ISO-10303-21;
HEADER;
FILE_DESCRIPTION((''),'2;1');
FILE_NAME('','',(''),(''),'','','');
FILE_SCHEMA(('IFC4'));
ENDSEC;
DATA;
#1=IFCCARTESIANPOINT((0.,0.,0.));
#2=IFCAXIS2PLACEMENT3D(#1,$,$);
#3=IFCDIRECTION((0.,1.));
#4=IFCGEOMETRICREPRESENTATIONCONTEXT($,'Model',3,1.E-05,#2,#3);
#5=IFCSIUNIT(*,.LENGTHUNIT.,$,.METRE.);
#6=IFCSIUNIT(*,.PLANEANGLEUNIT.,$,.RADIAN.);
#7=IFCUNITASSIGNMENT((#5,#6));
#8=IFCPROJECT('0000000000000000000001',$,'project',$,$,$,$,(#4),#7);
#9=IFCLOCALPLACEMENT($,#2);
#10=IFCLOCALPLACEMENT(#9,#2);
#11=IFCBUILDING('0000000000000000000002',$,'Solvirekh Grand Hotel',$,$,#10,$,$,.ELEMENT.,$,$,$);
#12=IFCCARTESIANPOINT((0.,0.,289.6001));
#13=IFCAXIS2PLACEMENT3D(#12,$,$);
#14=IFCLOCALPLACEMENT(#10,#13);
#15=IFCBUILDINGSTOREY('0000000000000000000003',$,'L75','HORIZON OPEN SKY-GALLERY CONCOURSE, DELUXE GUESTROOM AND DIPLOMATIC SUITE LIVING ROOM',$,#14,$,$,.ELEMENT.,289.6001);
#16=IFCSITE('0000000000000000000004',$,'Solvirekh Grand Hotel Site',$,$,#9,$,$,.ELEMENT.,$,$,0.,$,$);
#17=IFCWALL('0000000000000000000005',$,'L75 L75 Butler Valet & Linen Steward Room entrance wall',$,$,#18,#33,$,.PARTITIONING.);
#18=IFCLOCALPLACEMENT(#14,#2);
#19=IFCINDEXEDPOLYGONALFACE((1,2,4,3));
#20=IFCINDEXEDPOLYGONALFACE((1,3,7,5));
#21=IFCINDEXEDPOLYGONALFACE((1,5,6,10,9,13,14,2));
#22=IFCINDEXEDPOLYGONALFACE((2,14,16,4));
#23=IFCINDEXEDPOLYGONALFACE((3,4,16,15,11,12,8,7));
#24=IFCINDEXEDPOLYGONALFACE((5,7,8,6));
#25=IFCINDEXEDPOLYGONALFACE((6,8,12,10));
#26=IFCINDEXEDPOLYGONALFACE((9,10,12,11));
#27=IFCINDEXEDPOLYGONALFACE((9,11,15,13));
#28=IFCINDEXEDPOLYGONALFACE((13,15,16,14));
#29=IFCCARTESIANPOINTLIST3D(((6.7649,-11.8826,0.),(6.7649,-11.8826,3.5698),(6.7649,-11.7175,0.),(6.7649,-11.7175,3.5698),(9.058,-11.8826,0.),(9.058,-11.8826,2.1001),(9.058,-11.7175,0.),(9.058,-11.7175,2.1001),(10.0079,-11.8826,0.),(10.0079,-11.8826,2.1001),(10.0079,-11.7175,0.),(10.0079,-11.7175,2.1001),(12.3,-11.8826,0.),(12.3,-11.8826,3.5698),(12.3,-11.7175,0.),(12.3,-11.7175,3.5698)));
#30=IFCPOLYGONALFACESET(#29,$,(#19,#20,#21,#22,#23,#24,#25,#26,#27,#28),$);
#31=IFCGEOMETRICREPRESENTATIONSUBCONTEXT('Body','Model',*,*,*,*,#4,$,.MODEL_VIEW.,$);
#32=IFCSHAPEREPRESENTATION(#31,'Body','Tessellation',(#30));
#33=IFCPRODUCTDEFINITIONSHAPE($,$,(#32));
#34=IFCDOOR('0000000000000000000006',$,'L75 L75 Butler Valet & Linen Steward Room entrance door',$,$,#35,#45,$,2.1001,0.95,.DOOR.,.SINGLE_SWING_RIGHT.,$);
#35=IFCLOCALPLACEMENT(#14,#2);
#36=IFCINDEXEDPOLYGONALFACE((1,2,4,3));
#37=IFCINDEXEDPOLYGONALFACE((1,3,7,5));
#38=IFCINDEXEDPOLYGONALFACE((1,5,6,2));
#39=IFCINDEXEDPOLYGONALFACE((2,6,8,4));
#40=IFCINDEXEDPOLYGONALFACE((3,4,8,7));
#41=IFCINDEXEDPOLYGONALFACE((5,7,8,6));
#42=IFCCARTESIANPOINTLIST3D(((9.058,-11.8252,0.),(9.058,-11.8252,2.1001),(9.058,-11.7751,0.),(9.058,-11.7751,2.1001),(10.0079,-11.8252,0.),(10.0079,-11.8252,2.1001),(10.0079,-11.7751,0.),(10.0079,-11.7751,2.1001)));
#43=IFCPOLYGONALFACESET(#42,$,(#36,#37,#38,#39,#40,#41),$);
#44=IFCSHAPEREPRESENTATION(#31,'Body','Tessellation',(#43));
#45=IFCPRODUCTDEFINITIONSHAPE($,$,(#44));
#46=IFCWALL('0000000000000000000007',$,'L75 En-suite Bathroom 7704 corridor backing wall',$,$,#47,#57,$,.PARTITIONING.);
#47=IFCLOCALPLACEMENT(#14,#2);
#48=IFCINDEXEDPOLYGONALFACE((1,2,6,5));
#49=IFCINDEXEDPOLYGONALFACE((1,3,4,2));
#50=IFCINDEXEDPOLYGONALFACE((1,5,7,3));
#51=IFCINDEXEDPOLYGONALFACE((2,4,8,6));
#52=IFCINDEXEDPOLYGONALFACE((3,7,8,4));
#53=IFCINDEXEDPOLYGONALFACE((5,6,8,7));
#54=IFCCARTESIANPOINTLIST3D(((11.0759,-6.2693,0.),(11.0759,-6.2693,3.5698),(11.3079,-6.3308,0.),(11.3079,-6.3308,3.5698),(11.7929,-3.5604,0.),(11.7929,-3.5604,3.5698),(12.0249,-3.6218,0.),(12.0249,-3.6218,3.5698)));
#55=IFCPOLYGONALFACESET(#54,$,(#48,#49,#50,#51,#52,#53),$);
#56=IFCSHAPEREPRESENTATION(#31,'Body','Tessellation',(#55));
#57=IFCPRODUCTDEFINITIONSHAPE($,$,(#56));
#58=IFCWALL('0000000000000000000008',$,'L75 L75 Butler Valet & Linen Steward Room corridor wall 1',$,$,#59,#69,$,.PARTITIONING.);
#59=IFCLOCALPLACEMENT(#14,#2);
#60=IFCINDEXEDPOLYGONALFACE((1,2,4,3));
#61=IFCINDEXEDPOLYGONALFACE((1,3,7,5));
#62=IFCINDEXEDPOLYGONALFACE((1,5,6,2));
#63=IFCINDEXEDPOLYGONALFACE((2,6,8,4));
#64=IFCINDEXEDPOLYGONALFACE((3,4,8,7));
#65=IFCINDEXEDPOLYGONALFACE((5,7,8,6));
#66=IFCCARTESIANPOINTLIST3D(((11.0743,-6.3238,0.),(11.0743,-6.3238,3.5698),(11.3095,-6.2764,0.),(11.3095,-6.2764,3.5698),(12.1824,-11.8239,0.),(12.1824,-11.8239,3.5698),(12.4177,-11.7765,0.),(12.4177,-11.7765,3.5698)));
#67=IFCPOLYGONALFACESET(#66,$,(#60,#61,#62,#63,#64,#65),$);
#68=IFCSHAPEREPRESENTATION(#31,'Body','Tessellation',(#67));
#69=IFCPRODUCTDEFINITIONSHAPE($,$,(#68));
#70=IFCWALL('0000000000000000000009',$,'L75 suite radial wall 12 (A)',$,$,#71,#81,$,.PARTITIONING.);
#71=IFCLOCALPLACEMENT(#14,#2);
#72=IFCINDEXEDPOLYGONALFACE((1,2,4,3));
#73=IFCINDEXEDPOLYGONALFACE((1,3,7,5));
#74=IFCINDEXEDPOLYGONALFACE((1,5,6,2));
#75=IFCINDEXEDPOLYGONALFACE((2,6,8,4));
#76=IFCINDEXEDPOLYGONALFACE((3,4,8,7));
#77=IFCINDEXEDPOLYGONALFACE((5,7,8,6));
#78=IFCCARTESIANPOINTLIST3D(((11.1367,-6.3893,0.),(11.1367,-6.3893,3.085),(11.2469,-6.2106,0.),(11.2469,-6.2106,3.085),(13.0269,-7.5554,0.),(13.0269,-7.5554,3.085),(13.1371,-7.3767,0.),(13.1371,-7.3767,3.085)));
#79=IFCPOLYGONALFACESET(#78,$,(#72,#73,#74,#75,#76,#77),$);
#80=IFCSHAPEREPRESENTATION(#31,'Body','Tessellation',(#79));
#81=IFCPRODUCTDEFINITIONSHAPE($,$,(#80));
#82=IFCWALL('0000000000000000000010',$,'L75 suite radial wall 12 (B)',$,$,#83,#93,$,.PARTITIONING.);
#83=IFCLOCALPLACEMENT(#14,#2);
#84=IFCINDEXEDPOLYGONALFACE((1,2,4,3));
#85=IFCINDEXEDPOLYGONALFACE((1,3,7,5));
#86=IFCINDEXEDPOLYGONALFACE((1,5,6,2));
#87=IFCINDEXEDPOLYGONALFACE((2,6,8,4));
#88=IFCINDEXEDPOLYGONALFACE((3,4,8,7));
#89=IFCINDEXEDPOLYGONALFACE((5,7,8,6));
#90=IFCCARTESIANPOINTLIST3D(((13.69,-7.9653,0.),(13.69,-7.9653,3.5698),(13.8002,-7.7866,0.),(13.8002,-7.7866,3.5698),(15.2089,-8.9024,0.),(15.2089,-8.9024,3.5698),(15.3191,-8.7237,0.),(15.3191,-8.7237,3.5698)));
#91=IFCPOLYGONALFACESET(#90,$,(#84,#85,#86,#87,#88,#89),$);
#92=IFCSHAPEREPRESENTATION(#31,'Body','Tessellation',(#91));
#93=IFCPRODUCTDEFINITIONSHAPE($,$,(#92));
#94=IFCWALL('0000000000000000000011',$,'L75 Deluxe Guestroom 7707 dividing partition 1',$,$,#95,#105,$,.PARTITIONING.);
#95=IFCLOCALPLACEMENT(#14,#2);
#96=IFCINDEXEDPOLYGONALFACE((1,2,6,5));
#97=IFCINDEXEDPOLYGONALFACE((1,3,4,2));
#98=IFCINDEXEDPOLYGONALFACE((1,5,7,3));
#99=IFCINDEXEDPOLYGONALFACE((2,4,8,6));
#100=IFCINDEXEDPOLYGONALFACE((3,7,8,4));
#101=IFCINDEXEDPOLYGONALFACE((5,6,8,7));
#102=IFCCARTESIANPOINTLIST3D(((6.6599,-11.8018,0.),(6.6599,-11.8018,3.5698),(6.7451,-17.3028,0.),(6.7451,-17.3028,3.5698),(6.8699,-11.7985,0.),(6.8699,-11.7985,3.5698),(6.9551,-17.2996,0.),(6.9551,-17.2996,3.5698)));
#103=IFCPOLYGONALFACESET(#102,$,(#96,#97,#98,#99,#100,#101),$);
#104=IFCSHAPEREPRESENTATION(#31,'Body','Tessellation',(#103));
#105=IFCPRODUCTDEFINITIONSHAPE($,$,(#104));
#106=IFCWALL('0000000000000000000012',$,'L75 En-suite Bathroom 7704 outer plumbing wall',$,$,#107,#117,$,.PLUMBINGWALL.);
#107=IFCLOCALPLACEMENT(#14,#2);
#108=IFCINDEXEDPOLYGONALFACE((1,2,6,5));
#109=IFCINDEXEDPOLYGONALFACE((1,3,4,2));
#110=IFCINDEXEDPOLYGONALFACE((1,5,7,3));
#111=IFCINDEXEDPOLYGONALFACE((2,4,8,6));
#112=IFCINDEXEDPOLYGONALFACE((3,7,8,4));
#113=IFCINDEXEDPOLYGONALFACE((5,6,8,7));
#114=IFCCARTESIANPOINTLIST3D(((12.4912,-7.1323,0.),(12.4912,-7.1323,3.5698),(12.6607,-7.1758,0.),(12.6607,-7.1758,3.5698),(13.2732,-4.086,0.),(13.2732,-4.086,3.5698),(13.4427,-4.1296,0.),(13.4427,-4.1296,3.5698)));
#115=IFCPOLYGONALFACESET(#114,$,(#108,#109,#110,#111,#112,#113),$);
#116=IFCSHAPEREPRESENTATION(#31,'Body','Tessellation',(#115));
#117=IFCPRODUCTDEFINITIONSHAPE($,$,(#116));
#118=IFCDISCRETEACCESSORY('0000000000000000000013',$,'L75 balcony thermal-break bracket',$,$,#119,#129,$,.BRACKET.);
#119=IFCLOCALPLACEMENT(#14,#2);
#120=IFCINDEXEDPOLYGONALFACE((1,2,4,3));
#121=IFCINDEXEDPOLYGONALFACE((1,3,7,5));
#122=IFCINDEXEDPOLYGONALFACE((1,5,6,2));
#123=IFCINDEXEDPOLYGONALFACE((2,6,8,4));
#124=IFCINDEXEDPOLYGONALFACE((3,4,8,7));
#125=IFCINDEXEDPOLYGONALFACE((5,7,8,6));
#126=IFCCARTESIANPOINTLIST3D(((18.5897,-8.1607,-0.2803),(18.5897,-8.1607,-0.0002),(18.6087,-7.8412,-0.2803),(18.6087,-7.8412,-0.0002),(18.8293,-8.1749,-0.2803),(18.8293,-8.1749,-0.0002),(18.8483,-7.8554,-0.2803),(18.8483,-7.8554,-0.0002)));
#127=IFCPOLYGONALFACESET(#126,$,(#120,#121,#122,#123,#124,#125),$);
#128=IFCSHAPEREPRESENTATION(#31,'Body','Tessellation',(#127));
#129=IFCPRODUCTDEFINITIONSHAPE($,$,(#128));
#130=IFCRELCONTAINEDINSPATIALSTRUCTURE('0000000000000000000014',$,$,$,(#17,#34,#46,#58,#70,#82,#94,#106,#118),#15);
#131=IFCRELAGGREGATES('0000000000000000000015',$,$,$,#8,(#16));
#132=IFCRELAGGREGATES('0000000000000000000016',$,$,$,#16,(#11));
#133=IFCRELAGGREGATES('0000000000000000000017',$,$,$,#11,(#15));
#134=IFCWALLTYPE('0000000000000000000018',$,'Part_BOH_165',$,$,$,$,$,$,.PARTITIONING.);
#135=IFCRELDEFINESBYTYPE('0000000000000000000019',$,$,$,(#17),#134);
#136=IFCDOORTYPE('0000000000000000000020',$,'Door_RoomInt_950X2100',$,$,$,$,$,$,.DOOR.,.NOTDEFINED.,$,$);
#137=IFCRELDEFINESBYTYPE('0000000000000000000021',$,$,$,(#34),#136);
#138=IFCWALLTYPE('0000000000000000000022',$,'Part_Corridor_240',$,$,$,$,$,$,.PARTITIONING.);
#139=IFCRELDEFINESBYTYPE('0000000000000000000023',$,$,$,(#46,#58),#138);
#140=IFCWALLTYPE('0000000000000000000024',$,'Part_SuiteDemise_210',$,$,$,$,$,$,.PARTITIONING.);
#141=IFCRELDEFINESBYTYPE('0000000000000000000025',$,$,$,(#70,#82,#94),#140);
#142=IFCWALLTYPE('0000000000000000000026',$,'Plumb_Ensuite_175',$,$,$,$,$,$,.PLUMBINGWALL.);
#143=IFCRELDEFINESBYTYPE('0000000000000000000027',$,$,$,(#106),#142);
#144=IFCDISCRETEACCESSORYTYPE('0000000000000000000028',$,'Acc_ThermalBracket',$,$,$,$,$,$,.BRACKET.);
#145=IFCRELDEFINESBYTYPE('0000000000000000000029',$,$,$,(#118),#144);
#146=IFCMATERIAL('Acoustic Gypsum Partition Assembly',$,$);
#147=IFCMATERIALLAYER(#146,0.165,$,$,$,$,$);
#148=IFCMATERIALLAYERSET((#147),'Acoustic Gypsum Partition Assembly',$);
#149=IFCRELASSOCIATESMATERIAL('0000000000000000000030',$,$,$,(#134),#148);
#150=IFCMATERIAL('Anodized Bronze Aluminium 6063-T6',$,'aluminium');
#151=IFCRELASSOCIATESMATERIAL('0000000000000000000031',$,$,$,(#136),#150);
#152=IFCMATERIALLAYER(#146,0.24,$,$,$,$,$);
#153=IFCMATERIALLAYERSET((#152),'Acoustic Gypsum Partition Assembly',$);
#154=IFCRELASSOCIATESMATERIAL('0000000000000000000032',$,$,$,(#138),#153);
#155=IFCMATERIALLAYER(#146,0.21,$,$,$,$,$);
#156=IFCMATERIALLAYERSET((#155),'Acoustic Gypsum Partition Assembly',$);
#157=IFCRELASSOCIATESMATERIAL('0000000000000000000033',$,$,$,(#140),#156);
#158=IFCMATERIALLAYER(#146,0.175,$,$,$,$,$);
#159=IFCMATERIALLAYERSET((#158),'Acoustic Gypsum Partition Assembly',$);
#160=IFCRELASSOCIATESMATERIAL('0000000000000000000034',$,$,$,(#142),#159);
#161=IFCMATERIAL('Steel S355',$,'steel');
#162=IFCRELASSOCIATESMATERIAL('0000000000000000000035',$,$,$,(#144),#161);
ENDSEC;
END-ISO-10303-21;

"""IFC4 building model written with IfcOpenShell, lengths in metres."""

from ifc_helpers import new_model, si_unit, direction, frame, frame_2d, origin, origin_2d, place, context, subcontext, project, spatial, rectangle, extrude, material, layer, layer_set, type_object, element, fill, save


model = new_model("IFC4")

# Units and contexts
model_context = context("Model", 3, precision=1e-05, world=origin(), true_north=direction((0.0, 1.0)))
body_context = subcontext(model_context, "Body", "Model", "MODEL_VIEW")
ifc_project = project(units=[si_unit("LENGTHUNIT", "METRE"), si_unit("PLANEANGLEUNIT", "RADIAN")], contexts=[model_context])

# Site, building, storey
site_placement = place(None, origin())
site = spatial("IfcSite", under=ifc_project, at=site_placement, Name="Solvirekh Grand Hotel Site", CompositionType="ELEMENT", RefElevation=0.0)
building_placement = place(site_placement, origin())
building = spatial("IfcBuilding", under=site, at=building_placement, Name="Solvirekh Grand Hotel", CompositionType="ELEMENT")
storey_placement = place(building_placement, frame((0.0, 0.0, 289.6001)))
storey = spatial("IfcBuildingStorey", under=building, at=storey_placement, Name="L75", Description="HORIZON OPEN SKY-GALLERY CONCOURSE, DELUXE GUESTROOM AND DIPLOMATIC SUITE LIVING ROOM", CompositionType="ELEMENT", Elevation=289.6001)

# Shared definitions
ifc_material_1 = material(Name="Steel S355", Category="steel")

# Shared definitions
ifc_material_2 = material(Name="Anodized Bronze Aluminium 6063-T6", Category="aluminium")

# Wall, opening, door
ifc_material_3 = material(Name="Acoustic Gypsum Partition Assembly")
ifc_layer_1 = layer(ifc_material_3, 0.165)
ifc_layer_set_1 = layer_set([ifc_layer_1], Name="Acoustic Gypsum Partition Assembly")
wall_type_1 = type_object("IfcWallType", Name="Part_BOH_165", PredefinedType="PARTITIONING", material=ifc_layer_set_1)
wall_1_placement = place(storey_placement, frame((6.7649, -11.8, 0.0), z_axis=(0.0, 0.0, 1.0), x_axis=(1.0, 0.0, 0.0)))
wall_1 = element("IfcWall", 1, at=wall_1_placement, inside=storey, type_object=wall_type_1, Name="L75 L75 Butler Valet & Linen Steward Room entrance wall", PredefinedType="PARTITIONING", context=body_context, shape_type="SweptSolid", body=[
    extrude(rectangle(XDim=5.5352, YDim=0.165, at=frame_2d((2.7676, 0.0))), origin(), (0.0, 0.0, 1.0), 3.5698),
])
opening_1_placement = place(wall_1_placement, frame((2.293, 0.0, 0.0)))
opening_1 = element("IfcOpeningElement", 2, at=opening_1_placement, cuts=wall_1, PredefinedType="OPENING", context=body_context, shape_type="SweptSolid", body=[
    extrude(rectangle(XDim=0.95, YDim=2.1001, at=frame_2d((0.4751, 1.05))), frame((0.0, 0.0925, 0.0), z_axis=(0.0, -1.0, 0.0), x_axis=(1.0, 0.0, 0.0)), (0.0, 0.0, 1.0), 0.1851),
])
door_type = type_object("IfcDoorType", Name="Door_RoomInt_950X2100", OperationType="NOTDEFINED", PredefinedType="DOOR", material=ifc_material_2)
door_placement = place(opening_1_placement, origin())
door = element("IfcDoor", 3, at=door_placement, inside=storey, type_object=door_type, Name="L75 L75 Butler Valet & Linen Steward Room entrance door", OperationType="SINGLE_SWING_RIGHT", OverallHeight=2.1001, OverallWidth=0.95, PredefinedType="DOOR", context=body_context, shape_type="SweptSolid", body=[
    extrude(rectangle(XDim=0.95, YDim=2.1001, at=frame_2d((0.4751, 1.05))), frame((0.0, 0.0249, 0.0), z_axis=(0.0, -1.0, 0.0), x_axis=(1.0, 0.0, 0.0)), (0.0, 0.0, 1.0), 0.05),
])
fill(opening_1, door)

# Walls
ifc_layer_2 = layer(ifc_material_3, 0.24)
ifc_layer_set_2 = layer_set([ifc_layer_2], Name="Acoustic Gypsum Partition Assembly")
wall_type_2 = type_object("IfcWallType", Name="Part_Corridor_240", PredefinedType="PARTITIONING", material=ifc_layer_set_2)
wall_2_placement = place(storey_placement, frame((11.1919, -6.3, 0.0), z_axis=(0.0, 0.0, 1.0), x_axis=(0.255878, 0.966709, 0.0)))
element("IfcWall", 4, at=wall_2_placement, inside=storey, type_object=wall_type_2, Name="L75 En-suite Bathroom 7704 corridor backing wall", PredefinedType="PARTITIONING", context=body_context, shape_type="SweptSolid", body=[
    extrude(rectangle(XDim=2.8022, YDim=0.24, at=frame_2d((1.4011, 0.0))), origin(), (0.0, 0.0, 1.0), 3.5698),
])
wall_3_placement = place(storey_placement, frame((12.3, -11.8, 0.0), z_axis=(0.0, 0.0, 1.0), x_axis=(-0.197513, 0.9803, 0.0)))
element("IfcWall", 5, at=wall_3_placement, inside=storey, type_object=wall_type_2, Name="L75 L75 Butler Valet & Linen Steward Room corridor wall 1", PredefinedType="PARTITIONING", context=body_context, shape_type="SweptSolid", body=[
    extrude(rectangle(XDim=5.6106, YDim=0.24, at=frame_2d((2.8052, 0.0))), origin(), (0.0, 0.0, 1.0), 3.5698),
])
ifc_layer_3 = layer(ifc_material_3, 0.21)
ifc_layer_set_3 = layer_set([ifc_layer_3], Name="Acoustic Gypsum Partition Assembly")
wall_type_3 = type_object("IfcWallType", Name="Part_SuiteDemise_210", PredefinedType="PARTITIONING", material=ifc_layer_set_3)
wall_4_placement = place(storey_placement, frame((11.1919, -6.3, 0.0), z_axis=(0.0, 0.0, 1.0), x_axis=(0.851084, -0.525029, 0.0)))
element("IfcWall", 6, at=wall_4_placement, inside=storey, type_object=wall_type_3, Name="L75 suite radial wall 12 (A)", PredefinedType="PARTITIONING", context=body_context, shape_type="SweptSolid", body=[
    extrude(rectangle(XDim=2.2209, YDim=0.21, at=frame_2d((1.1104, 0.0))), origin(), (0.0, 0.0, 1.0), 3.085),
])
wall_5_placement = place(storey_placement, frame((13.7451, -7.876, 0.0), z_axis=(0.0, 0.0, 1.0), x_axis=(0.851066, -0.525059, 0.0)))
element("IfcWall", 7, at=wall_5_placement, inside=storey, type_object=wall_type_3, Name="L75 suite radial wall 12 (B)", PredefinedType="PARTITIONING", context=body_context, shape_type="SweptSolid", body=[
    extrude(rectangle(XDim=1.7847, YDim=0.21, at=frame_2d((0.8923, 0.0))), origin(), (0.0, 0.0, 1.0), 3.5698),
])
wall_6_placement = place(storey_placement, frame((6.7649, -11.8, 0.0), z_axis=(0.0, 0.0, 1.0), x_axis=(0.015487, -0.99988, 0.0)))
element("IfcWall", 8, at=wall_6_placement, inside=storey, type_object=wall_type_3, Name="L75 Deluxe Guestroom 7707 dividing partition 1", PredefinedType="PARTITIONING", context=body_context, shape_type="SweptSolid", body=[
    extrude(rectangle(XDim=5.5017, YDim=0.21, at=frame_2d((2.751, 0.0))), origin(), (0.0, 0.0, 1.0), 3.5698),
])
ifc_layer_4 = layer(ifc_material_3, 0.175)
ifc_layer_set_4 = layer_set([ifc_layer_4], Name="Acoustic Gypsum Partition Assembly")
wall_type_4 = type_object("IfcWallType", Name="Plumb_Ensuite_175", PredefinedType="PLUMBINGWALL", material=ifc_layer_set_4)
wall_7_placement = place(storey_placement, frame((12.5759, -7.1541, 0.0), z_axis=(0.0, 0.0, 1.0), x_axis=(0.24865, 0.968593, 0.0)))
element("IfcWall", 9, at=wall_7_placement, inside=storey, type_object=wall_type_4, Name="L75 En-suite Bathroom 7704 outer plumbing wall", PredefinedType="PLUMBINGWALL", context=body_context, shape_type="SweptSolid", body=[
    extrude(rectangle(XDim=3.145, YDim=0.175, at=frame_2d((1.5725, 0.0))), origin(), (0.0, 0.0, 1.0), 3.5698),
])

# Discrete accessory
discrete_accessory_type = type_object("IfcDiscreteAccessoryType", Name="Acc_ThermalBracket", PredefinedType="BRACKET", material=ifc_material_1)
discrete_accessory_placement = place(storey_placement, frame((18.719, -8.0081, -0.2803), z_axis=(0.0, 0.0, 1.0), x_axis=(-0.059306, -0.99824, 0.0)))
element("IfcDiscreteAccessory", 10, at=discrete_accessory_placement, inside=storey, type_object=discrete_accessory_type, Name="L75 balcony thermal-break bracket", PredefinedType="BRACKET", context=body_context, shape_type="SweptSolid", body=[
    extrude(rectangle(XDim=0.3201, YDim=0.24, at=origin_2d()), origin(), (0.0, 0.0, 1.0), 0.28),
])

save(model, "model.ifc")
